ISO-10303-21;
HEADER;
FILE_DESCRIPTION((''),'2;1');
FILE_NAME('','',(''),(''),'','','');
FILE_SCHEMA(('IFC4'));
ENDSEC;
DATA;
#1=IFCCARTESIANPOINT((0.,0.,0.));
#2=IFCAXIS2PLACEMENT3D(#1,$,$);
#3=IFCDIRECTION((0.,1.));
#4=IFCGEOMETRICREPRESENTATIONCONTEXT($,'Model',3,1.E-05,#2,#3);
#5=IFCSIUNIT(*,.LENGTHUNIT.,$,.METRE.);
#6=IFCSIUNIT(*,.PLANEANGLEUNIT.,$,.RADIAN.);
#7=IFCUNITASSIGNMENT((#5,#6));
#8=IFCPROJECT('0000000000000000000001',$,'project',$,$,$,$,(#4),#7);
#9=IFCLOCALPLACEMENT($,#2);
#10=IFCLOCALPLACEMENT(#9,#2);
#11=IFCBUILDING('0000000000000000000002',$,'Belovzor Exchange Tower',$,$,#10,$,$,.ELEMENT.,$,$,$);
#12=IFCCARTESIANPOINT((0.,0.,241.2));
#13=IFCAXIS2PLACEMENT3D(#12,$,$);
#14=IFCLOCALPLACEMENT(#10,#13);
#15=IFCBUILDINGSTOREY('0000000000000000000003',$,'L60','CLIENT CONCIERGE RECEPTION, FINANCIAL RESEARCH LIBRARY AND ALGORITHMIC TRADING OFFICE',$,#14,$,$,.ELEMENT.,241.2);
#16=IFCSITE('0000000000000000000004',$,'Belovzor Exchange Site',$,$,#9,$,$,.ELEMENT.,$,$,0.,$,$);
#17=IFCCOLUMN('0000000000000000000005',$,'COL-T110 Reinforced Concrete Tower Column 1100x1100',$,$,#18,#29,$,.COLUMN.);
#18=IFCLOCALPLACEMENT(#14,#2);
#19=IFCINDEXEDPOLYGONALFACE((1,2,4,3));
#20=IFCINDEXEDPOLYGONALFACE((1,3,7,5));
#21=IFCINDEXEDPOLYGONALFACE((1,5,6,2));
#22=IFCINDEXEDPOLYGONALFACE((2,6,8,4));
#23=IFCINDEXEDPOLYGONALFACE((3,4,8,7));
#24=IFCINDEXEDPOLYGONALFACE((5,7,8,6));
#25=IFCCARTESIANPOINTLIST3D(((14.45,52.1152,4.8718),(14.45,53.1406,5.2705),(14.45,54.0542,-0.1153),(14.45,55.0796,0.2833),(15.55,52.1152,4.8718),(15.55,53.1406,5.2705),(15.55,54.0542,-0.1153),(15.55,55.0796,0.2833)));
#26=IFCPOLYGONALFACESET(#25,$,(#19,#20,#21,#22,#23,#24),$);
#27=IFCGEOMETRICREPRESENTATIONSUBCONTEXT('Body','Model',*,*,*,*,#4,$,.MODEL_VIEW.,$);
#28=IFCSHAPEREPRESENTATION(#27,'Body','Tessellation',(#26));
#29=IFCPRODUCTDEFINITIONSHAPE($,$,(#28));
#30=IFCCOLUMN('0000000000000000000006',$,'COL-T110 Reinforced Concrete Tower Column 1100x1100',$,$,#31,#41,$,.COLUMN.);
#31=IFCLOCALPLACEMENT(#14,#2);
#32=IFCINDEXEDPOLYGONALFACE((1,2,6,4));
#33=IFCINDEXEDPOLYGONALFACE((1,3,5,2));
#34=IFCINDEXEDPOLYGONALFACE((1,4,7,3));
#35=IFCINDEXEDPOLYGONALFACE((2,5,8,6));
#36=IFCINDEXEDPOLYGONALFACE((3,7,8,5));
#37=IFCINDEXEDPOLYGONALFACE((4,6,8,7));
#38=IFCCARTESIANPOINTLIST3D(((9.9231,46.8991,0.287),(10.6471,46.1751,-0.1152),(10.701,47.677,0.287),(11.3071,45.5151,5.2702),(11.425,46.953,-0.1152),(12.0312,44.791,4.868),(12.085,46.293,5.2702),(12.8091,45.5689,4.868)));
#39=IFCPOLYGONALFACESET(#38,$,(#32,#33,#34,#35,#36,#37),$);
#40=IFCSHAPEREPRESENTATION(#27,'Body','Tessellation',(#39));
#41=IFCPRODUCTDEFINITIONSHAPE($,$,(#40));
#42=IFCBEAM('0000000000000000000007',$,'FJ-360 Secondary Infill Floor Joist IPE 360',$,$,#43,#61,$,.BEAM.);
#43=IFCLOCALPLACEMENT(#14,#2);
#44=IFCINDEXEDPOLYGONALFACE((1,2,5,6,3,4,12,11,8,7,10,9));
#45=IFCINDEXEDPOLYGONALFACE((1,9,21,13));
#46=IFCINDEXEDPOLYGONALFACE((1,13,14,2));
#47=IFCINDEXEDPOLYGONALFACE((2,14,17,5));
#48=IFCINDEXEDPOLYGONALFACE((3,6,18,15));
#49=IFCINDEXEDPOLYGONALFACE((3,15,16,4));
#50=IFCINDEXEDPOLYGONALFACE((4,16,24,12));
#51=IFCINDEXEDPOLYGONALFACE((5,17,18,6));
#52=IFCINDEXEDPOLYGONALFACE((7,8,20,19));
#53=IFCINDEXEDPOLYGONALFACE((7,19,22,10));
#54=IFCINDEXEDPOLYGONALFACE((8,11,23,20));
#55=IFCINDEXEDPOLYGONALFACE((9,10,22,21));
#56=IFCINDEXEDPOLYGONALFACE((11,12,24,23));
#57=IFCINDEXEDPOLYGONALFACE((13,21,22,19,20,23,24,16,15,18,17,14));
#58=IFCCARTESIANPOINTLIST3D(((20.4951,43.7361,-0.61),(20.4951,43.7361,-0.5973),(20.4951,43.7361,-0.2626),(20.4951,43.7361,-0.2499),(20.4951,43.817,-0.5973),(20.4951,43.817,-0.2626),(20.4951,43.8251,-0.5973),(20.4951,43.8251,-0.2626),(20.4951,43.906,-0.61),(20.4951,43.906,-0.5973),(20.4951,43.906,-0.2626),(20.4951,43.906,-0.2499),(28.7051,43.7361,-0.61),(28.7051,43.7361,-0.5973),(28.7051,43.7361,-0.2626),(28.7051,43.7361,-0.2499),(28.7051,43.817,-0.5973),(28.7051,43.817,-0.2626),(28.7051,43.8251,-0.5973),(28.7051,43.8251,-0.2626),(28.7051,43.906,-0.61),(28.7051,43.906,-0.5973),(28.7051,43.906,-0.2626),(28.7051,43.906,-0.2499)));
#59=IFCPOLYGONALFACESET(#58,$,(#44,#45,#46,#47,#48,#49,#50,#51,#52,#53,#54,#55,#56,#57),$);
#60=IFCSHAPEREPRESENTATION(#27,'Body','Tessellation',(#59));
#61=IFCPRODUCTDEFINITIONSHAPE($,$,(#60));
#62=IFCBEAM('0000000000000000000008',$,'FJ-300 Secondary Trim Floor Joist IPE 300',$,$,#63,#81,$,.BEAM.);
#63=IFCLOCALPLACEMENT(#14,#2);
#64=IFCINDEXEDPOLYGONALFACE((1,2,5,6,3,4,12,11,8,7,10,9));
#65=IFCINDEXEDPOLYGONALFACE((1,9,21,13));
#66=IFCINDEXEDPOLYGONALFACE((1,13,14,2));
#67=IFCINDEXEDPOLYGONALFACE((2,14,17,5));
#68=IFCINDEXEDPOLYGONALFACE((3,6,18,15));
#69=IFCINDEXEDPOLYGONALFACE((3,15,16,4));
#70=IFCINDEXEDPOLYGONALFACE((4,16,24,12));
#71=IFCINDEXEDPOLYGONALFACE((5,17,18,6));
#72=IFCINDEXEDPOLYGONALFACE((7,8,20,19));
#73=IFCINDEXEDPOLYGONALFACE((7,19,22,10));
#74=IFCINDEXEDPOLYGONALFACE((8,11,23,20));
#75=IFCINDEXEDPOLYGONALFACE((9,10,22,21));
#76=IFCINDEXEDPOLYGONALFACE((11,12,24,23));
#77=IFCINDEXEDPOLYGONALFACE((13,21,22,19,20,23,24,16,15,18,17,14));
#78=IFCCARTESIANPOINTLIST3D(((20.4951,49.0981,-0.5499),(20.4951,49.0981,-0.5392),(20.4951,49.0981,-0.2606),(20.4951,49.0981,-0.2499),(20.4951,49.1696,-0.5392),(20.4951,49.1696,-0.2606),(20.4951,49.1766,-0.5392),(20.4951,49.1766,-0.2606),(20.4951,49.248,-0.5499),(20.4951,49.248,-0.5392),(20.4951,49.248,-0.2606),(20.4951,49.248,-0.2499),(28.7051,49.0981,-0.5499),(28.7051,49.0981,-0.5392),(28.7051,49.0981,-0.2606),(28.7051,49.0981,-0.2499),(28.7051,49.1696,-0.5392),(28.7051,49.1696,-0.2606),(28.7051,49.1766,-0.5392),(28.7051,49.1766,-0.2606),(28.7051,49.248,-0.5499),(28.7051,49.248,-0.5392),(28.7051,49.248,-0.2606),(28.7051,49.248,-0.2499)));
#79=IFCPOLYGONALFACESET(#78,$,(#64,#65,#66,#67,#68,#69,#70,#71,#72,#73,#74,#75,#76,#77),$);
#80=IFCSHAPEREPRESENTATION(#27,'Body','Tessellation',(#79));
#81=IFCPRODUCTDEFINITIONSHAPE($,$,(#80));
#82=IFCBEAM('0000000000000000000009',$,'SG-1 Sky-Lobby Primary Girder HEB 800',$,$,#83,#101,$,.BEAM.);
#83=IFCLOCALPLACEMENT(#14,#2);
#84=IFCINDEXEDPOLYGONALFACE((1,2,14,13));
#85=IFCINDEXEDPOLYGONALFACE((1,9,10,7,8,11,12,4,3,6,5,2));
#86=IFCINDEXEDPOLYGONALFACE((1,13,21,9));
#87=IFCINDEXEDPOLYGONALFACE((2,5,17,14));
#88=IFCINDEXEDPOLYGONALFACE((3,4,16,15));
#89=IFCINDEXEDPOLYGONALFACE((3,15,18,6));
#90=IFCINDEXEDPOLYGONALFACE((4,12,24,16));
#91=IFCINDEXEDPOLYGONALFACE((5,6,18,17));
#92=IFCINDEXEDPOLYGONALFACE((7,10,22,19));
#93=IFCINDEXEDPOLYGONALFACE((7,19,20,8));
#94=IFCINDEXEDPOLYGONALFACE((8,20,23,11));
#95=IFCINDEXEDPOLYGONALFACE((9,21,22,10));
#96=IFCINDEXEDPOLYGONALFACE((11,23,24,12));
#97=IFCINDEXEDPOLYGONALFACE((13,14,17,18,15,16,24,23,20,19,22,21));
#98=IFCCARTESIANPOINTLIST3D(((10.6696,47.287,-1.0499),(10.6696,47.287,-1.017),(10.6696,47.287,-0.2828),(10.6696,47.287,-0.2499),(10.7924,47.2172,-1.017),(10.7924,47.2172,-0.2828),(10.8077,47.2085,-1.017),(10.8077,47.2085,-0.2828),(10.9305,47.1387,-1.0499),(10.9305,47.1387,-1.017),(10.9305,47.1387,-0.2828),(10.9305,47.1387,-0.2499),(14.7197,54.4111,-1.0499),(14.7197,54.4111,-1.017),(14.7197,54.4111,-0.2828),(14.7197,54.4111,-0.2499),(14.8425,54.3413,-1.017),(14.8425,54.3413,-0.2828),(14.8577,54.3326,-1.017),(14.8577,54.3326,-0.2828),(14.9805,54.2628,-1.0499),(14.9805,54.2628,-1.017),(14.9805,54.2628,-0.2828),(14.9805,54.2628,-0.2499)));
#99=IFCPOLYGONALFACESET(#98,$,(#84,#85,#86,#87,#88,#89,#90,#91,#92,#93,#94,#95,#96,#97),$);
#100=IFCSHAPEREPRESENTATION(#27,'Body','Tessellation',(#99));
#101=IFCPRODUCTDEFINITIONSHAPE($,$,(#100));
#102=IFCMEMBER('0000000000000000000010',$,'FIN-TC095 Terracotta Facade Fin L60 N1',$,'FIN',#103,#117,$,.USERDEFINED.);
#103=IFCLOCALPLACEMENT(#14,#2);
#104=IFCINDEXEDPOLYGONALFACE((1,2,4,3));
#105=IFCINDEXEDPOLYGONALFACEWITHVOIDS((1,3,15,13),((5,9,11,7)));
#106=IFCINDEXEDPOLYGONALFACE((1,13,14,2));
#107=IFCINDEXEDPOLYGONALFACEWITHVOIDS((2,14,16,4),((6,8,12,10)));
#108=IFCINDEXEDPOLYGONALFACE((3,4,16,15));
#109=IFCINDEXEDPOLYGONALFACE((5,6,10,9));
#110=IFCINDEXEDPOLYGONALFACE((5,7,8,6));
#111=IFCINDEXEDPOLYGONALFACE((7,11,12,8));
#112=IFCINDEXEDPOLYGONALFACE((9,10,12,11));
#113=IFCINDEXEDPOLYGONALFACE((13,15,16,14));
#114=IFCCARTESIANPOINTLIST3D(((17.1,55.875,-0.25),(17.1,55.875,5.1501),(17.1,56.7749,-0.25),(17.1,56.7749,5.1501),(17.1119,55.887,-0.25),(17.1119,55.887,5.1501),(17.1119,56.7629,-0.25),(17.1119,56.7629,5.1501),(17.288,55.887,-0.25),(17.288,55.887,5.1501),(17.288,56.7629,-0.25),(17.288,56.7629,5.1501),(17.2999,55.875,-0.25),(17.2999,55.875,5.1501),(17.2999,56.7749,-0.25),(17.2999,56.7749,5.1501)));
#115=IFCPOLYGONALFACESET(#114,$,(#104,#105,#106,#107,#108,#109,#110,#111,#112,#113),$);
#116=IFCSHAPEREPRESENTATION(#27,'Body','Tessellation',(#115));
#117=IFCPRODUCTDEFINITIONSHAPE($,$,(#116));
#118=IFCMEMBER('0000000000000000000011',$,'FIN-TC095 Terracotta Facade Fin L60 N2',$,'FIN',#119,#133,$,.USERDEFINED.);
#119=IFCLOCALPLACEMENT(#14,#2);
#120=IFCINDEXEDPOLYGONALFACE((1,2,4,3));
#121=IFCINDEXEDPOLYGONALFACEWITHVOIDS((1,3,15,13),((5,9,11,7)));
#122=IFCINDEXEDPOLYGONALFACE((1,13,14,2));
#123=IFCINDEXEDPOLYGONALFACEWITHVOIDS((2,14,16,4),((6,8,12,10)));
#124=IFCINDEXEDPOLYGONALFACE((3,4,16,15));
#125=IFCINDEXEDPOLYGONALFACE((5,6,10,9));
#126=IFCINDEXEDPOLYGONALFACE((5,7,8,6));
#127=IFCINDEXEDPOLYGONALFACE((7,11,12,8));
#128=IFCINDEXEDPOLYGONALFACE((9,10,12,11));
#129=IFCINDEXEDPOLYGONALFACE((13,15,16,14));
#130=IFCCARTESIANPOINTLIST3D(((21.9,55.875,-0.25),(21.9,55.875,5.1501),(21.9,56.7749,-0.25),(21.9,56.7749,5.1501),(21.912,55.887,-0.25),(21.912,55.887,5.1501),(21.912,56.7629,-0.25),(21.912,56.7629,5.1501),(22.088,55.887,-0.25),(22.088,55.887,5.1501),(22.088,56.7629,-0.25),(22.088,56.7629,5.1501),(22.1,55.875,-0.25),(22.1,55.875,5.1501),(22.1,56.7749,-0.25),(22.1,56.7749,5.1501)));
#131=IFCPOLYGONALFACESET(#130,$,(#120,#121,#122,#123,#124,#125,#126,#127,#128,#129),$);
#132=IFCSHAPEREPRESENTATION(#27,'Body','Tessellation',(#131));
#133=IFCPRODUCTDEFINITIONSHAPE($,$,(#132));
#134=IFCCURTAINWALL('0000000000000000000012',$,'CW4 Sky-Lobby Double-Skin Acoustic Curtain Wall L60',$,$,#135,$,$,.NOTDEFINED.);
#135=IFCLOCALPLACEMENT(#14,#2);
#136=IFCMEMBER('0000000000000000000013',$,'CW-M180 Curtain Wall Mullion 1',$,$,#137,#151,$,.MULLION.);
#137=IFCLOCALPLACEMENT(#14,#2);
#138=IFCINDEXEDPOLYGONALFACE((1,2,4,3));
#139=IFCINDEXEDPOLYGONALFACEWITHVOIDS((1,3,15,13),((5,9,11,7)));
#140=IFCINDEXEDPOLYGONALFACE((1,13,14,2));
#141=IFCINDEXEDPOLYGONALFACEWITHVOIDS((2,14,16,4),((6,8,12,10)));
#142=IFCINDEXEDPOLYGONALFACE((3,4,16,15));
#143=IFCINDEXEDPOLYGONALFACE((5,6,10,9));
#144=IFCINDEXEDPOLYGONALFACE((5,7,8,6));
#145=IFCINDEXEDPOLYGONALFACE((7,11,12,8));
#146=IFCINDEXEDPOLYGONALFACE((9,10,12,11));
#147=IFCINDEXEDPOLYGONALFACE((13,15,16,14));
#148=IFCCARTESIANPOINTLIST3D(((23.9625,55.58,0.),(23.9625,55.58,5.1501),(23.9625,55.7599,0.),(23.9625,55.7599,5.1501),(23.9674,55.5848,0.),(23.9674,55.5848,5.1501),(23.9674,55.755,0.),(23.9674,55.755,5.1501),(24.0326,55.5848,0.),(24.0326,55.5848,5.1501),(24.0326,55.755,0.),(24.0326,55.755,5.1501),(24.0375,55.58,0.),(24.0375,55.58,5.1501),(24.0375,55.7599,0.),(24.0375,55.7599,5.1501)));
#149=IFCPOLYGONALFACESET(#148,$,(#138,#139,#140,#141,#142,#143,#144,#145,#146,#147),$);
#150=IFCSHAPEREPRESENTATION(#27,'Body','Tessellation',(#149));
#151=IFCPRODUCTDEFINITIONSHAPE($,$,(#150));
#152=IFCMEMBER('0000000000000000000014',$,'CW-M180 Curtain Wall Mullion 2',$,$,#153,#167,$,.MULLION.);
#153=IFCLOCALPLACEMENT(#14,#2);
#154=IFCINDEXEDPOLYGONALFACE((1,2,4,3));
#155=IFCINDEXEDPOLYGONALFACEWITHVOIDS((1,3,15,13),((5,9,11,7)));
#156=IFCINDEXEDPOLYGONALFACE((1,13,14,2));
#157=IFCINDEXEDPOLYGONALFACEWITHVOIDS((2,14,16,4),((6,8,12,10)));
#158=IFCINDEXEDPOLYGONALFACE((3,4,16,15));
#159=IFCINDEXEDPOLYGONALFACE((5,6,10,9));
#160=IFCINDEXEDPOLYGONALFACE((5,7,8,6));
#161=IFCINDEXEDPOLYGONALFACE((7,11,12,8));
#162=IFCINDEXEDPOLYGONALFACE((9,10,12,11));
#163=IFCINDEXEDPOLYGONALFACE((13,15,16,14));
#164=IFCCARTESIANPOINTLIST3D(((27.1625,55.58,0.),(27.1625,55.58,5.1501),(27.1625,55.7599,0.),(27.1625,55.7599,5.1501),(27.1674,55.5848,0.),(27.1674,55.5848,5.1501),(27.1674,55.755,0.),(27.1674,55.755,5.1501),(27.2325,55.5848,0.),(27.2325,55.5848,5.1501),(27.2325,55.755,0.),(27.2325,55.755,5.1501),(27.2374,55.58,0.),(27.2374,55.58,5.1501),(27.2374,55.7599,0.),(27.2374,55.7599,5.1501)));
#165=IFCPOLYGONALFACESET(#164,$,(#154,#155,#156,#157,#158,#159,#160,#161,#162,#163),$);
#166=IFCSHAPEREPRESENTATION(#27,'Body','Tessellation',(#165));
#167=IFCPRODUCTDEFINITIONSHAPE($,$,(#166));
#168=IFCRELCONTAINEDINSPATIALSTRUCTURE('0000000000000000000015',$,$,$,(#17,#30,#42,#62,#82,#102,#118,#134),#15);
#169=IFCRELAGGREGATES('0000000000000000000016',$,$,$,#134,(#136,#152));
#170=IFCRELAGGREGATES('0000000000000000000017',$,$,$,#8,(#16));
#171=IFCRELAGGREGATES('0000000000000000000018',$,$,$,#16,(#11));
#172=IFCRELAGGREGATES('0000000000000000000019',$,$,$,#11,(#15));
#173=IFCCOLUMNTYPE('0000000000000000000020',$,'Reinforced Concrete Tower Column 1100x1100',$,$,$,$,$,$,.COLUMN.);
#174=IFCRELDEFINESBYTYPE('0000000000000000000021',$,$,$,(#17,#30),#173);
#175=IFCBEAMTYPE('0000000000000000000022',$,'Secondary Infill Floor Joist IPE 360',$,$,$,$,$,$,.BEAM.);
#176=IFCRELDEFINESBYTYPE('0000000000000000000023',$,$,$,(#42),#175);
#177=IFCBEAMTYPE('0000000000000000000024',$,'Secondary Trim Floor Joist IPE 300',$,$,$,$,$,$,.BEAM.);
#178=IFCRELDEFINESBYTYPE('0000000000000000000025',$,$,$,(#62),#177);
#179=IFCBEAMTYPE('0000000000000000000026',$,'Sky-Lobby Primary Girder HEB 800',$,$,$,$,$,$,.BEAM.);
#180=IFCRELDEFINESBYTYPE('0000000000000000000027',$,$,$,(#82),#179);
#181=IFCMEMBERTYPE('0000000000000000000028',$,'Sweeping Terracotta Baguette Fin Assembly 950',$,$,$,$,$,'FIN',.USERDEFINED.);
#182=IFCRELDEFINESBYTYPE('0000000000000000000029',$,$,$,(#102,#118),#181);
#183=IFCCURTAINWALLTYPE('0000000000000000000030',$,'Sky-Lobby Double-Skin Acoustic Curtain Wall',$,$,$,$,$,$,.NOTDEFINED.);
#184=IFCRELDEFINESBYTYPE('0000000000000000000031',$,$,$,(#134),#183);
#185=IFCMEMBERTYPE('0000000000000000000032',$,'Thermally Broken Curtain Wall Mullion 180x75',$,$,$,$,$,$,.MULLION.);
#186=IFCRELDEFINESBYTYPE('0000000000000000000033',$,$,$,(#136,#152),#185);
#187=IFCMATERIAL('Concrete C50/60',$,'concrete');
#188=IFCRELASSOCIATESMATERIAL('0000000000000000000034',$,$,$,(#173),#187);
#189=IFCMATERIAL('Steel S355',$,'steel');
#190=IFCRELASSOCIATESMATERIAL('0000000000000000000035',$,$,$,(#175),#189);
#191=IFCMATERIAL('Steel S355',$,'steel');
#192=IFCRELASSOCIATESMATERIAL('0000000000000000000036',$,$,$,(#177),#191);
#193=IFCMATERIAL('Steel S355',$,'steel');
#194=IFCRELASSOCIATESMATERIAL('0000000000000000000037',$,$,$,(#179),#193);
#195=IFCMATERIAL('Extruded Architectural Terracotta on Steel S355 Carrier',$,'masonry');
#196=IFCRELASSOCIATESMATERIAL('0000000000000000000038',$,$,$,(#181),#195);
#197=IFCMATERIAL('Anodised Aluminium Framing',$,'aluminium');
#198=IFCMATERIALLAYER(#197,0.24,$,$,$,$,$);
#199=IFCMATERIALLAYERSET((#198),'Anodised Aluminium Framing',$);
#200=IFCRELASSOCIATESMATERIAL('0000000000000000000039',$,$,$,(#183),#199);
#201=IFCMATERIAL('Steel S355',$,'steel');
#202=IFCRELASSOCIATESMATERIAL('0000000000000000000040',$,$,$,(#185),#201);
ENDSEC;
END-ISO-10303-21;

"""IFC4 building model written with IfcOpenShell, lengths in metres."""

from ifc_helpers import new_model, si_unit, direction, frame, origin, origin_2d, place, context, subcontext, project, spatial, rectangle, hollow_rectangle, i_section, extrude, material, layer, layer_set, material_profile, profile_set, type_object, element, aggregate, save


model = new_model("IFC4")

# Units and contexts
model_context = context("Model", 3, precision=1e-05, world=origin(), true_north=direction((0.0, 1.0)))
body_context = subcontext(model_context, "Body", "Model", "MODEL_VIEW")
ifc_project = project(units=[si_unit("LENGTHUNIT", "METRE"), si_unit("PLANEANGLEUNIT", "RADIAN")], contexts=[model_context])

# Site, building, storey
site_placement = place(None, origin())
site = spatial("IfcSite", under=ifc_project, at=site_placement, Name="Belovzor Exchange Site", CompositionType="ELEMENT", RefElevation=0.0)
building_placement = place(site_placement, origin())
building = spatial("IfcBuilding", under=site, at=building_placement, Name="Belovzor Exchange Tower", CompositionType="ELEMENT")
storey_placement = place(building_placement, frame((0.0, 0.0, 241.2)))
storey = spatial("IfcBuildingStorey", under=building, at=storey_placement, Name="L60", Description="CLIENT CONCIERGE RECEPTION, FINANCIAL RESEARCH LIBRARY AND ALGORITHMIC TRADING OFFICE", CompositionType="ELEMENT", Elevation=241.2)

# Columns
ifc_material_1 = material(Name="Concrete C50/60", Category="concrete")
ifc_material_profile_1 = material_profile(ifc_material_1, rectangle(XDim=1.1001, YDim=1.1001, at=origin_2d()))
ifc_profile_set_1 = profile_set([ifc_material_profile_1], Name="Concrete C50/60")
column_type = type_object("IfcColumnType", Name="Reinforced Concrete Tower Column 1100x1100", PredefinedType="COLUMN", material=ifc_profile_set_1)
column_1_placement = place(storey_placement, frame((15.0, 54.5669, 0.084), z_axis=(0.0, -0.362374, 0.932033), x_axis=(1.0, 0.0, 0.0)))
element("IfcColumn", 1, at=column_1_placement, inside=storey, type_object=column_type, Name="COL-T110 Reinforced Concrete Tower Column 1100x1100", PredefinedType="COLUMN", context=body_context, shape_type="SweptSolid", body=[
    extrude(rectangle(XDim=1.1001, YDim=1.1001, at=origin_2d()), origin(), (0.0, 0.0, 1.0), 5.3508),
])
column_2_placement = place(storey_placement, frame((10.6741, 46.926, 0.0859), z_axis=(0.258515, -0.258515, 0.930774), x_axis=(0.707107, 0.707107, 0.0)))
element("IfcColumn", 2, at=column_2_placement, inside=storey, type_object=column_type, Name="COL-T110 Reinforced Concrete Tower Column 1100x1100", PredefinedType="COLUMN", context=body_context, shape_type="SweptSolid", body=[
    extrude(rectangle(XDim=1.1001, YDim=1.1001, at=origin_2d()), origin(), (0.0, 0.0, 1.0), 5.3538),
])

# Beams
ifc_material_2 = material(Name="Steel S355", Category="steel")
ifc_material_profile_2 = material_profile(ifc_material_2, i_section(OverallWidth=0.1699, OverallDepth=0.3601, WebThickness=0.0081, FlangeThickness=0.0127, at=origin_2d()))
ifc_profile_set_2 = profile_set([ifc_material_profile_2], Name="Steel S355")
beam_type_1 = type_object("IfcBeamType", Name="Secondary Infill Floor Joist IPE 360", PredefinedType="BEAM", material=ifc_profile_set_2)
beam_1_placement = place(storey_placement, frame((20.4951, 43.821, -0.4299), z_axis=(1.0, 0.0, 0.0), x_axis=(0.0, 1.0, 0.0)))
element("IfcBeam", 3, at=beam_1_placement, inside=storey, type_object=beam_type_1, Name="FJ-360 Secondary Infill Floor Joist IPE 360", PredefinedType="BEAM", context=body_context, shape_type="SweptSolid", body=[
    extrude(i_section(OverallWidth=0.1699, OverallDepth=0.3601, WebThickness=0.0081, FlangeThickness=0.0127, at=origin_2d()), origin(), (0.0, 0.0, 1.0), 8.21),
])
ifc_material_3 = material(Name="Steel S355", Category="steel")
ifc_material_profile_3 = material_profile(ifc_material_3, i_section(OverallWidth=0.1499, OverallDepth=0.3, WebThickness=0.0071, FlangeThickness=0.0107, at=origin_2d()))
ifc_profile_set_3 = profile_set([ifc_material_profile_3], Name="Steel S355")
beam_type_2 = type_object("IfcBeamType", Name="Secondary Trim Floor Joist IPE 300", PredefinedType="BEAM", material=ifc_profile_set_3)
beam_2_placement = place(storey_placement, frame((20.4951, 49.1731, -0.3999), z_axis=(1.0, 0.0, 0.0), x_axis=(0.0, 1.0, 0.0)))
element("IfcBeam", 4, at=beam_2_placement, inside=storey, type_object=beam_type_2, Name="FJ-300 Secondary Trim Floor Joist IPE 300", PredefinedType="BEAM", context=body_context, shape_type="SweptSolid", body=[
    extrude(i_section(OverallWidth=0.1499, OverallDepth=0.3, WebThickness=0.0071, FlangeThickness=0.0107, at=origin_2d()), origin(), (0.0, 0.0, 1.0), 8.21),
])
ifc_material_4 = material(Name="Steel S355", Category="steel")
ifc_material_profile_4 = material_profile(ifc_material_4, i_section(OverallWidth=0.3, OverallDepth=0.8, WebThickness=0.0176, FlangeThickness=0.033, at=origin_2d()))
ifc_profile_set_4 = profile_set([ifc_material_profile_4], Name="Steel S355")
beam_type_3 = type_object("IfcBeamType", Name="Sky-Lobby Primary Girder HEB 800", PredefinedType="BEAM", material=ifc_profile_set_4)
beam_3_placement = place(storey_placement, frame((14.8501, 54.3369, -0.6499), z_axis=(-0.494222, -0.869336, 0.0), x_axis=(0.869336, -0.494222, 0.0)))
element("IfcBeam", 5, at=beam_3_placement, inside=storey, type_object=beam_type_3, Name="SG-1 Sky-Lobby Primary Girder HEB 800", PredefinedType="BEAM", context=body_context, shape_type="SweptSolid", body=[
    extrude(i_section(OverallWidth=0.3, OverallDepth=0.8, WebThickness=0.0176, FlangeThickness=0.033, at=origin_2d()), origin(), (0.0, 0.0, 1.0), 8.1948),
])

# Members
ifc_material_5 = material(Name="Extruded Architectural Terracotta on Steel S355 Carrier", Category="masonry")
ifc_material_profile_5 = material_profile(ifc_material_5, hollow_rectangle(XDim=0.2, YDim=0.8999, WallThickness=0.012, at=origin_2d()))
ifc_profile_set_5 = profile_set([ifc_material_profile_5], Name="Extruded Architectural Terracotta on Steel S355 Carrier")
member_type_1 = type_object("IfcMemberType", Name="Sweeping Terracotta Baguette Fin Assembly 950", ElementType="FIN", PredefinedType="USERDEFINED", material=ifc_profile_set_5)
for number, where, z_axis, x_axis, name in (
    (6, (17.2, 56.325, -0.25), (0.0, 0.0, 1.0), (1.0, 0.0, 0.0), "FIN-TC095 Terracotta Facade Fin L60 N1"),
    (7, (22.0, 56.325, -0.25), (0.0, 0.0, 1.0), (1.0, 0.0, 0.0), "FIN-TC095 Terracotta Facade Fin L60 N2"),
):
    element("IfcMember", number, at=place(storey_placement, frame(where, z_axis=z_axis, x_axis=x_axis)), inside=storey, type_object=member_type_1, Name=name, ObjectType="FIN", PredefinedType="USERDEFINED", context=body_context, shape_type="SweptSolid", body=[
        extrude(hollow_rectangle(XDim=0.2, YDim=0.8999, WallThickness=0.012, at=origin_2d()), origin(), (0.0, 0.0, 1.0), 5.4001),
    ])

# Curtain wall, members
ifc_material_6 = material(Name="Anodised Aluminium Framing", Category="aluminium")
ifc_layer_1 = layer(ifc_material_6, 0.24)
ifc_layer_set_1 = layer_set([ifc_layer_1], Name="Anodised Aluminium Framing")
curtain_wall_type = type_object("IfcCurtainWallType", Name="Sky-Lobby Double-Skin Acoustic Curtain Wall", PredefinedType="NOTDEFINED", material=ifc_layer_set_1)
curtain_wall_placement = place(storey_placement, origin())
curtain_wall = element("IfcCurtainWall", 8, at=curtain_wall_placement, inside=storey, type_object=curtain_wall_type, Name="CW4 Sky-Lobby Double-Skin Acoustic Curtain Wall L60", PredefinedType="NOTDEFINED")
ifc_material_7 = material(Name="Steel S355", Category="steel")
ifc_material_profile_6 = material_profile(ifc_material_7, hollow_rectangle(XDim=0.075, YDim=0.1799, WallThickness=0.0049, at=origin_2d()))
ifc_profile_set_6 = profile_set([ifc_material_profile_6], Name="Steel S355")
member_type_2 = type_object("IfcMemberType", Name="Thermally Broken Curtain Wall Mullion 180x75", PredefinedType="MULLION", material=ifc_profile_set_6)
member_1_placement = place(storey_placement, frame((24.0, 55.6699, 0.0), z_axis=(0.0, 0.0, 1.0), x_axis=(1.0, 0.0, 0.0)))
member_1 = element("IfcMember", 9, at=member_1_placement, type_object=member_type_2, Name="CW-M180 Curtain Wall Mullion 1", PredefinedType="MULLION", context=body_context, shape_type="SweptSolid", body=[
    extrude(hollow_rectangle(XDim=0.075, YDim=0.1799, WallThickness=0.0049, at=origin_2d()), origin(), (0.0, 0.0, 1.0), 5.1501),
])
member_2_placement = place(storey_placement, frame((27.2, 55.6699, 0.0), z_axis=(0.0, 0.0, 1.0), x_axis=(1.0, 0.0, 0.0)))
member_2 = element("IfcMember", 10, at=member_2_placement, type_object=member_type_2, Name="CW-M180 Curtain Wall Mullion 2", PredefinedType="MULLION", context=body_context, shape_type="SweptSolid", body=[
    extrude(hollow_rectangle(XDim=0.075, YDim=0.1799, WallThickness=0.0049, at=origin_2d()), origin(), (0.0, 0.0, 1.0), 5.1501),
])

aggregate(curtain_wall, [member_1, member_2])

save(model, "model.ifc")
